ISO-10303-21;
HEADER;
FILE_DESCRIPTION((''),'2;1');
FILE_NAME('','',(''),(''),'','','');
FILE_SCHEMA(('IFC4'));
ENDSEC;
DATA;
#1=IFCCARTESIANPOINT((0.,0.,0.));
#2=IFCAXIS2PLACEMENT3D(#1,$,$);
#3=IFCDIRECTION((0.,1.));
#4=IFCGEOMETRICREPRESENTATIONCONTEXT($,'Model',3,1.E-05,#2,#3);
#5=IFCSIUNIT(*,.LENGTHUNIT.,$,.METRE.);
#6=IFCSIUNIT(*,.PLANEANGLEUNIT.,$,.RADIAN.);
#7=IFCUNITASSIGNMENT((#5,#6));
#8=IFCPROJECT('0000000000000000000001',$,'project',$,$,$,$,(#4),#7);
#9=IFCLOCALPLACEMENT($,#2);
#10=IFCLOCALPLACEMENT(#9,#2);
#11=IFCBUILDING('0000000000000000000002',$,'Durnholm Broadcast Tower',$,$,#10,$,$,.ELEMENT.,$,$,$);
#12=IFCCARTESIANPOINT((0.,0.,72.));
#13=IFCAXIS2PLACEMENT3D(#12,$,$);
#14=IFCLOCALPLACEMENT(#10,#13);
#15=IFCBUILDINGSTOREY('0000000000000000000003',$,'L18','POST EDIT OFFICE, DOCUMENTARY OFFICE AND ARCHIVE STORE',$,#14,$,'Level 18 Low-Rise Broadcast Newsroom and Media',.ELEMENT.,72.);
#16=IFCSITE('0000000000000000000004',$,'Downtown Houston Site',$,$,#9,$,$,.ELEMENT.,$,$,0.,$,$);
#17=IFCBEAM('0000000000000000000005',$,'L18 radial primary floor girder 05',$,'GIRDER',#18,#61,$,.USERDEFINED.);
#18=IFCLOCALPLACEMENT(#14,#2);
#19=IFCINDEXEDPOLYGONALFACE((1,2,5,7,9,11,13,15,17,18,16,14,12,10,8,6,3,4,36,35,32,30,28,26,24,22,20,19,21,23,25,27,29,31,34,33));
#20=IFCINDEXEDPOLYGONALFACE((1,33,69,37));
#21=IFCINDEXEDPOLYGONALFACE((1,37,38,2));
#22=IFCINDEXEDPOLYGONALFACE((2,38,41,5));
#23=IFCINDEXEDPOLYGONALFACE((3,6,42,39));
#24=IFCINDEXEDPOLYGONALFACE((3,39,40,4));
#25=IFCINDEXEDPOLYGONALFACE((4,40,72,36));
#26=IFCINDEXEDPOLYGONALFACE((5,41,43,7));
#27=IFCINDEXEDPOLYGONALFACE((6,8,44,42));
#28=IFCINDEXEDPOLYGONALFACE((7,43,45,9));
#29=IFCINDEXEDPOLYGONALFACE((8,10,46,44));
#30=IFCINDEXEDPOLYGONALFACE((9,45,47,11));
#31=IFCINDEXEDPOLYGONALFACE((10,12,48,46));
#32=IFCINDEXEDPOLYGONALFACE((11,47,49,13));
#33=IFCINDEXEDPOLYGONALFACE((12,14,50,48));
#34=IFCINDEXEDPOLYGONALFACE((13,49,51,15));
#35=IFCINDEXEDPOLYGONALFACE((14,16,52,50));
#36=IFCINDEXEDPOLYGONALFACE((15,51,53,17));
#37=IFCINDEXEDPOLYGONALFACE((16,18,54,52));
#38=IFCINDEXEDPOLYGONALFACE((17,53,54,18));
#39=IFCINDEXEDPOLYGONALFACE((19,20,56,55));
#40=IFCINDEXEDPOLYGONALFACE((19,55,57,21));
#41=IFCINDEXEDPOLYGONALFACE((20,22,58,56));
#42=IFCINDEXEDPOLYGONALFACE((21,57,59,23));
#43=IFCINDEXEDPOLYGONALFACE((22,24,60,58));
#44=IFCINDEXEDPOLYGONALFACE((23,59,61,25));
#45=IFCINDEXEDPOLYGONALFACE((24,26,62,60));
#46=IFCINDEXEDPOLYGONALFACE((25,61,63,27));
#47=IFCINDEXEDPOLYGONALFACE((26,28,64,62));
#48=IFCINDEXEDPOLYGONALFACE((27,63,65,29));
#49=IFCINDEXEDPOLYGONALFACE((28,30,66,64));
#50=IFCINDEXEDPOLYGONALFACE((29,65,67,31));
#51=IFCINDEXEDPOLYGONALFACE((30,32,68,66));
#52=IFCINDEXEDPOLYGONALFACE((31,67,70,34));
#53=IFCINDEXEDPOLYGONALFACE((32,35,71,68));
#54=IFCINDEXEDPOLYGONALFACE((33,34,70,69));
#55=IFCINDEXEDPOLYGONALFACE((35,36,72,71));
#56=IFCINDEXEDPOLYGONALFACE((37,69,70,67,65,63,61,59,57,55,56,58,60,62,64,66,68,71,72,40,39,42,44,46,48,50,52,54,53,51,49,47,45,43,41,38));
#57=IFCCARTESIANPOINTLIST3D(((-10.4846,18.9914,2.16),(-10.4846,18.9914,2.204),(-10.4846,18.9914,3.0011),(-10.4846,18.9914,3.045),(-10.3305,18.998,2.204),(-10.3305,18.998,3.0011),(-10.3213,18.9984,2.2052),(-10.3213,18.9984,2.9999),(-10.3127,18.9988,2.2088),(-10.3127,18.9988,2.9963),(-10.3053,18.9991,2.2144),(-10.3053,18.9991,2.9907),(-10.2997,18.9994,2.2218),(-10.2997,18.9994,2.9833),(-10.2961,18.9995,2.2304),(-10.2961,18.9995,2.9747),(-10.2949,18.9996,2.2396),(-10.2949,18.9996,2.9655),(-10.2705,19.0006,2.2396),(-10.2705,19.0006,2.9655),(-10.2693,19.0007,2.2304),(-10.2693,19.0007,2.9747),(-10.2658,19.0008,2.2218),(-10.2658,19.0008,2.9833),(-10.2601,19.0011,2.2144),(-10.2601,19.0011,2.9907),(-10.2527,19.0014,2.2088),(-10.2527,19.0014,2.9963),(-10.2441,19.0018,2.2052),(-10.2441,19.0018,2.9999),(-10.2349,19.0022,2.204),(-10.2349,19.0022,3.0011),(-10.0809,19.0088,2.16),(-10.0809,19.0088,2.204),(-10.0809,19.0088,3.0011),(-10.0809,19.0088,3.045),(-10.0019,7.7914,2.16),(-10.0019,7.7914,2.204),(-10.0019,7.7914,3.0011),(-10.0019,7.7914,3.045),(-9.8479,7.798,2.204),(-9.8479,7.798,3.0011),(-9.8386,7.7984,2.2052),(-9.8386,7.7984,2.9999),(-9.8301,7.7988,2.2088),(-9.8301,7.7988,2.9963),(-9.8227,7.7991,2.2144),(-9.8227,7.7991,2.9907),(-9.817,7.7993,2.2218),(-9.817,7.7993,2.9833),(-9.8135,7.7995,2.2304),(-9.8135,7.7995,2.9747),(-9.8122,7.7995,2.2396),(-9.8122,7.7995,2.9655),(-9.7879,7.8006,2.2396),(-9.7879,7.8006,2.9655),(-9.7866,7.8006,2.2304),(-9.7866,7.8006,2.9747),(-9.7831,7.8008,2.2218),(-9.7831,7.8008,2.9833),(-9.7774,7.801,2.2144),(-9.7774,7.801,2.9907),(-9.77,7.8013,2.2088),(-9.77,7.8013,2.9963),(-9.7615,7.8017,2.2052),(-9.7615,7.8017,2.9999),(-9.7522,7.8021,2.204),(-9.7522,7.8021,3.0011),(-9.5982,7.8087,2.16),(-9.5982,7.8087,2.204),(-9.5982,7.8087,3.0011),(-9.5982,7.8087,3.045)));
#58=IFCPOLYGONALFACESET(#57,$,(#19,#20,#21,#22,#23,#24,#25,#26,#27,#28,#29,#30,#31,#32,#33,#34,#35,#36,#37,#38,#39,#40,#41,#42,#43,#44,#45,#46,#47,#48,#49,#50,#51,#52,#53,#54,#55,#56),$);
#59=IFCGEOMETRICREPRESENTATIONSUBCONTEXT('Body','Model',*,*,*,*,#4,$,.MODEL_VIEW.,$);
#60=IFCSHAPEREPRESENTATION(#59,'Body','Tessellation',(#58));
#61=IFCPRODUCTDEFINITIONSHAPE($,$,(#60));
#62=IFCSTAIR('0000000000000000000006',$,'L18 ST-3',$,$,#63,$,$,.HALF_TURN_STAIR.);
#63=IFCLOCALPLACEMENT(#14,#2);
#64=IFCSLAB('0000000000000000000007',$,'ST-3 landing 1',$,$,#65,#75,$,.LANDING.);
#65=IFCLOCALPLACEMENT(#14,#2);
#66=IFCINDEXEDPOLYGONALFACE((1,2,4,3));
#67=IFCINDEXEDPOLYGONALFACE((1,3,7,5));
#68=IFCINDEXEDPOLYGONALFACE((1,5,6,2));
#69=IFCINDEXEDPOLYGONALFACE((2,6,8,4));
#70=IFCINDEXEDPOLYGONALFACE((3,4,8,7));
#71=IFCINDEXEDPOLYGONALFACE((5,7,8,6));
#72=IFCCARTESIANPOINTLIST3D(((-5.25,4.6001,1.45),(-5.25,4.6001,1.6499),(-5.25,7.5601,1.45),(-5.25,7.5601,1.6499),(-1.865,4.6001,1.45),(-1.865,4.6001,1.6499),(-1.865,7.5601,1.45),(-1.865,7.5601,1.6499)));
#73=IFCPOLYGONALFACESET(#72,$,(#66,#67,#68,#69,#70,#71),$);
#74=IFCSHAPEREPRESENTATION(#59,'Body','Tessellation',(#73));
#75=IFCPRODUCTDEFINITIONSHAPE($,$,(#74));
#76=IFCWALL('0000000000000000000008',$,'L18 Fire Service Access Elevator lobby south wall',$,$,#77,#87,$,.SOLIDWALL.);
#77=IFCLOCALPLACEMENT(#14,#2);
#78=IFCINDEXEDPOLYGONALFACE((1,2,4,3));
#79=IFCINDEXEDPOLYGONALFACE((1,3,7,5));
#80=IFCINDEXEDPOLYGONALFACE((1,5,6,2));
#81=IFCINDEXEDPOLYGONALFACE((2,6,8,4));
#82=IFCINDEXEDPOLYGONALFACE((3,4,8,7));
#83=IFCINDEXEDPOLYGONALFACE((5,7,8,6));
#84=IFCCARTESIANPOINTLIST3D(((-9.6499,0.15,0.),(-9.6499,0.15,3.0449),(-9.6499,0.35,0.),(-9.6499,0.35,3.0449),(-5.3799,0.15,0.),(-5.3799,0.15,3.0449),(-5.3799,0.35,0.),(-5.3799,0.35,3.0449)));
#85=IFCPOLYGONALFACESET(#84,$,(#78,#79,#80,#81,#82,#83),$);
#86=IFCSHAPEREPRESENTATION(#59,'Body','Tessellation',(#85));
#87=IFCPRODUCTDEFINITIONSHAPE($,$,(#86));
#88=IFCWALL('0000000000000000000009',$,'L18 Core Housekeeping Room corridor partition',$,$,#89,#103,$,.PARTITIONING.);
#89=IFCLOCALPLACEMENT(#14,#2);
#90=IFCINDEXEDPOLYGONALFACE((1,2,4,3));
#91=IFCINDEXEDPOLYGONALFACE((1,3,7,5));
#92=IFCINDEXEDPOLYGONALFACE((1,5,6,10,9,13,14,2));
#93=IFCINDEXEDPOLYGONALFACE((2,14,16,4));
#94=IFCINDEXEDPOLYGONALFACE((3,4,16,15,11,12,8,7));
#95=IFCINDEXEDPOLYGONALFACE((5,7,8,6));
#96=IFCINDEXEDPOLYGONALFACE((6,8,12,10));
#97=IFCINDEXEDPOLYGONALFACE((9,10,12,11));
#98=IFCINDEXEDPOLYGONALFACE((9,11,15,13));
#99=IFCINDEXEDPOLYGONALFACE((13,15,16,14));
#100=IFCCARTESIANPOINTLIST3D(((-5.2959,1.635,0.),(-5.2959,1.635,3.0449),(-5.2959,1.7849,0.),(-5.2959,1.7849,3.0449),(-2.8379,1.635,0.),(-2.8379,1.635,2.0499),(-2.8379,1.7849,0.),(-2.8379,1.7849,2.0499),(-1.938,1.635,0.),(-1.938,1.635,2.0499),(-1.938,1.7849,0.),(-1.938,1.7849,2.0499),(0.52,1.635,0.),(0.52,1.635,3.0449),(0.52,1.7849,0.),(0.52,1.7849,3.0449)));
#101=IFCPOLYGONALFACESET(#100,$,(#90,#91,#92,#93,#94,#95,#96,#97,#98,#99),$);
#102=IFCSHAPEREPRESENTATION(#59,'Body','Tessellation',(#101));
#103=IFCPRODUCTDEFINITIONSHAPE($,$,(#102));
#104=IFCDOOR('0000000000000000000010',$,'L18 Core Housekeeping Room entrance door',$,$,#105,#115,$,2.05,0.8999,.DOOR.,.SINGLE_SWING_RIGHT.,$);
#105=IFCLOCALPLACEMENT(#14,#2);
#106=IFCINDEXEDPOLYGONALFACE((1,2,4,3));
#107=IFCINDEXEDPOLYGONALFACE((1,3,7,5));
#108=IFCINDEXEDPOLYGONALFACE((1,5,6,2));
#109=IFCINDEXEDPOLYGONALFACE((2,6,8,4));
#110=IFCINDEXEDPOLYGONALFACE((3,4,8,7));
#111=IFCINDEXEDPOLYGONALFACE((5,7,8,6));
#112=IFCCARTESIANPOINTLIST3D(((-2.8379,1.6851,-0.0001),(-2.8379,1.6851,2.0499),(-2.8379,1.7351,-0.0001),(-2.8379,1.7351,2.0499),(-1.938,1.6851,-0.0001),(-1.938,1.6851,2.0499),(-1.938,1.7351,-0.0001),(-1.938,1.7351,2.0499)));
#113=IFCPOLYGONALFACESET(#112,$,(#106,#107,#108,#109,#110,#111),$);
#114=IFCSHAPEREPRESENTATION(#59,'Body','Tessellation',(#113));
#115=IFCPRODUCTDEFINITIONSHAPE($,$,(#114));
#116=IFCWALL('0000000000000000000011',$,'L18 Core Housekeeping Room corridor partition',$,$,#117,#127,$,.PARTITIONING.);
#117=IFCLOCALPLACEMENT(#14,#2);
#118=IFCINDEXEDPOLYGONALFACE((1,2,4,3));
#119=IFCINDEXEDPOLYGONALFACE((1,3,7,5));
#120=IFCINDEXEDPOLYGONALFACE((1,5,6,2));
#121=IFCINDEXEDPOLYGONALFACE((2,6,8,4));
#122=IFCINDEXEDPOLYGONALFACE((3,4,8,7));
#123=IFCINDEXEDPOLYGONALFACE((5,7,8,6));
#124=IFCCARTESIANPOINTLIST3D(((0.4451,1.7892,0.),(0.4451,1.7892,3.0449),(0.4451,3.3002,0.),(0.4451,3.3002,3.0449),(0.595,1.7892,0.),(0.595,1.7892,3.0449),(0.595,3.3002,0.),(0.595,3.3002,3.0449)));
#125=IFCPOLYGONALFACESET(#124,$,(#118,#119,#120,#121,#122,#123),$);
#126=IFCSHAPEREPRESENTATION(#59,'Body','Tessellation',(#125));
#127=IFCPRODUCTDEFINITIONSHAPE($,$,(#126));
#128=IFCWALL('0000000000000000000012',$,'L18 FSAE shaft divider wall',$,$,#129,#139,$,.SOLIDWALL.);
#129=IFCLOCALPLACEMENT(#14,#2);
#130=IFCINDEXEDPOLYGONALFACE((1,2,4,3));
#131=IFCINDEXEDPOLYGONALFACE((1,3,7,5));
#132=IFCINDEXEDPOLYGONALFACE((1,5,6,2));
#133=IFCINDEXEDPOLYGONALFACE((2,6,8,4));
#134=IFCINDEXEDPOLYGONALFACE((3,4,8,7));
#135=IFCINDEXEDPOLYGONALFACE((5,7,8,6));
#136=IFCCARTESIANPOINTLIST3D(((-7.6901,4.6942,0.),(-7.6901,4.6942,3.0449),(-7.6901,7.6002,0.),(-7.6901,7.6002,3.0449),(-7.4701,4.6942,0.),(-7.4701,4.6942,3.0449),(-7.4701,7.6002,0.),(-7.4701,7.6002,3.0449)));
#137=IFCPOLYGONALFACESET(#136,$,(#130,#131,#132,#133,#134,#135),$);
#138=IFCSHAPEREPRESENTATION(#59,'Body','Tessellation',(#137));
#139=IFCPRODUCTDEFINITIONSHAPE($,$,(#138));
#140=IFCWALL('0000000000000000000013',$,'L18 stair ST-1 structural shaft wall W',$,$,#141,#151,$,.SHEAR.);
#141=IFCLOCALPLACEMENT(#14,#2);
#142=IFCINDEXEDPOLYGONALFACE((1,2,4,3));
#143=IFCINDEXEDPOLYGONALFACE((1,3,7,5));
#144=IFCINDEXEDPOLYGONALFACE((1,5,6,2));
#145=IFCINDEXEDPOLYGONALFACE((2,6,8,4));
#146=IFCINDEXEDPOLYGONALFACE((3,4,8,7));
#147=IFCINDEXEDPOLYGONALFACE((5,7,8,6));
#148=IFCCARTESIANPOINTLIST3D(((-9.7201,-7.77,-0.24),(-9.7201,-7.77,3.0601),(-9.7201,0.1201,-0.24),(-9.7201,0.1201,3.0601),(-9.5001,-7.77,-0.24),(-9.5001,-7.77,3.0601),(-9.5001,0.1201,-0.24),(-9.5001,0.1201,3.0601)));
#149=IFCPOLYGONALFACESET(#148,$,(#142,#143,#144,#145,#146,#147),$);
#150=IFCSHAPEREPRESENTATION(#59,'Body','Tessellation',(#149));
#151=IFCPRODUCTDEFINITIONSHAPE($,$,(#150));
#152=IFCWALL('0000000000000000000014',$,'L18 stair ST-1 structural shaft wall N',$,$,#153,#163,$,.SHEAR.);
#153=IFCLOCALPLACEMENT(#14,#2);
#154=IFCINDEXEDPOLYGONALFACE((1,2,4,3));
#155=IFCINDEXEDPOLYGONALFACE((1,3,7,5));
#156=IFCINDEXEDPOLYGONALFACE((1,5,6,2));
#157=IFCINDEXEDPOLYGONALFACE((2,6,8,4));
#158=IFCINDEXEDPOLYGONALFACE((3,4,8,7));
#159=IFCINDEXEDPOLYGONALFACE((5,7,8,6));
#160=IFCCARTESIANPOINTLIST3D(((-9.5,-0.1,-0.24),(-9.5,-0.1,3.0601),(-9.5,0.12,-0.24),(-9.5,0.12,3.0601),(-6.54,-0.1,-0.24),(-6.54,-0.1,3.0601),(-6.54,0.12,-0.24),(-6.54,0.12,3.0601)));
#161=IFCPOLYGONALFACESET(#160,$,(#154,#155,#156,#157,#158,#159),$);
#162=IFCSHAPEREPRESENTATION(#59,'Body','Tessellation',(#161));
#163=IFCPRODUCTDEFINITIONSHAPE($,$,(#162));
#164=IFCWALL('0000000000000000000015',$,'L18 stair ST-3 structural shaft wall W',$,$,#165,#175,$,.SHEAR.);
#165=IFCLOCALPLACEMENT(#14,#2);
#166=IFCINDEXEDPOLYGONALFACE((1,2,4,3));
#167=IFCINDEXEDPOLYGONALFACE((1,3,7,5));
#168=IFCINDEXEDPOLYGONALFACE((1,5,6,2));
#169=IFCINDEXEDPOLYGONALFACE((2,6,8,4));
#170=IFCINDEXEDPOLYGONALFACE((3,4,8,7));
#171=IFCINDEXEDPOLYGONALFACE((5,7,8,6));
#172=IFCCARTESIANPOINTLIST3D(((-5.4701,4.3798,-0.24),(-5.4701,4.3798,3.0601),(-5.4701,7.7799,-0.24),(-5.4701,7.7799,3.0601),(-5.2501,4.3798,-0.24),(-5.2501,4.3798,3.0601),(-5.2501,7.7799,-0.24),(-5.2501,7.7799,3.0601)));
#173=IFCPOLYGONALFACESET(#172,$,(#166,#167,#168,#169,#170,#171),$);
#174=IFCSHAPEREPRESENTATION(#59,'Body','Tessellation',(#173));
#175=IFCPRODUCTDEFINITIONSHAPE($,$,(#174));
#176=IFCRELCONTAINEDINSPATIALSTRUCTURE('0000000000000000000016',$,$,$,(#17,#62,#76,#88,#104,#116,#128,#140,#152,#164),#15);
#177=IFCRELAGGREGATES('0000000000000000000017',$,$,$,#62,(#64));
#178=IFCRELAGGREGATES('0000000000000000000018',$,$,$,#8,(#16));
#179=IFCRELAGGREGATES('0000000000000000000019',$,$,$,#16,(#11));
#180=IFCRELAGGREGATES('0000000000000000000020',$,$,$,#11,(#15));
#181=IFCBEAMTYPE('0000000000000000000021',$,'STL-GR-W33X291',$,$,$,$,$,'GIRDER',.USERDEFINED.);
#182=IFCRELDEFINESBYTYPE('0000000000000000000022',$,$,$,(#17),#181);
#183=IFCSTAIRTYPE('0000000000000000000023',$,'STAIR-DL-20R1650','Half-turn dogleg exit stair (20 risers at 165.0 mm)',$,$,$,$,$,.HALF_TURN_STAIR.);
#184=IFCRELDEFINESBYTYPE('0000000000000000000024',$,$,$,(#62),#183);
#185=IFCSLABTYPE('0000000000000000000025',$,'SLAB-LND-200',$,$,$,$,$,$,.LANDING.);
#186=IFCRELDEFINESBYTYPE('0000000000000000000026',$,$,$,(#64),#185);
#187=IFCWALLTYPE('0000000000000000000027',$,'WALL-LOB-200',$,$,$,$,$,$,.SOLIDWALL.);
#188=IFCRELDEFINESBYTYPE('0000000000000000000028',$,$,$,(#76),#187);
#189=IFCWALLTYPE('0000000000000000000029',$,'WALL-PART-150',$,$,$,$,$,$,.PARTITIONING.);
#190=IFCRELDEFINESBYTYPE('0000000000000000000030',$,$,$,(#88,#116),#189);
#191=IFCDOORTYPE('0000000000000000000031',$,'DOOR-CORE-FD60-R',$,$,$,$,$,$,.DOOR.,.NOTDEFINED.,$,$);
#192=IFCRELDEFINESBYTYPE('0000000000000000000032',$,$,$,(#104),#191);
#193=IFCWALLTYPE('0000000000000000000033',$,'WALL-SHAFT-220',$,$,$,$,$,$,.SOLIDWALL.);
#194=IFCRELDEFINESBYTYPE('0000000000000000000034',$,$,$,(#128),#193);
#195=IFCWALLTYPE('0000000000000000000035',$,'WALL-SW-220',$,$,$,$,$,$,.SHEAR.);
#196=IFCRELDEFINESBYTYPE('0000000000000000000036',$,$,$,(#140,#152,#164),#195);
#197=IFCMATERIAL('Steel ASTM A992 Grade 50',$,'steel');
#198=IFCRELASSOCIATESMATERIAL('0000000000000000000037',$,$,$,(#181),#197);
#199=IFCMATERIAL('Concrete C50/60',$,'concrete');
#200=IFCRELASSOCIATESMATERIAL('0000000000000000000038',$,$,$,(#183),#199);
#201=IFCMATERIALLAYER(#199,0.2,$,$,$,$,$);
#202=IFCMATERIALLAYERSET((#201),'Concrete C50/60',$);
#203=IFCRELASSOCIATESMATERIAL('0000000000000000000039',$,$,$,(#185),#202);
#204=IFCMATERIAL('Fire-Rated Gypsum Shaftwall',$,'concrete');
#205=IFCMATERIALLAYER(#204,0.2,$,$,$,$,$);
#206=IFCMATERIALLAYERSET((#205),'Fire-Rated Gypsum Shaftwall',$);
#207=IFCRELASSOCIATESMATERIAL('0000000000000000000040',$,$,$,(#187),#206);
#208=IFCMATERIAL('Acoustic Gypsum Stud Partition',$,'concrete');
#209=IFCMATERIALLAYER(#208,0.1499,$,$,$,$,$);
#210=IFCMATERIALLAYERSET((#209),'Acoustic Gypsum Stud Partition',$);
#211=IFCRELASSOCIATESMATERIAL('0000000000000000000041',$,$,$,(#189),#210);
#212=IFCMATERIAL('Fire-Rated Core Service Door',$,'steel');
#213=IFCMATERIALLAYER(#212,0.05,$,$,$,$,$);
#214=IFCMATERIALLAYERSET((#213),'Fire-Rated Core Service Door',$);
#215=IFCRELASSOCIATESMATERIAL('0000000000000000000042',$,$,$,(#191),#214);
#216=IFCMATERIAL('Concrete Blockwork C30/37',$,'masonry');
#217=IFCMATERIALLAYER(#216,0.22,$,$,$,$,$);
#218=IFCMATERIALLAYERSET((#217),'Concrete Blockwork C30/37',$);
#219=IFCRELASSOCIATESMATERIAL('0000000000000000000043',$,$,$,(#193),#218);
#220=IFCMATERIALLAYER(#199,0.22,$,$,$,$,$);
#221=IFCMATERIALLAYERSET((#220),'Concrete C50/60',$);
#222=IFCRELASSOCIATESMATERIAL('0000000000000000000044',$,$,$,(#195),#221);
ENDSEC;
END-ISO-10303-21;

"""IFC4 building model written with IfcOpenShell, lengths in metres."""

from ifc_helpers import new_model, si_unit, direction, frame, frame_2d, origin, origin_2d, place, context, subcontext, project, spatial, polyline, rectangle, i_section, outline, extrude, source, transform, mapped, material, layer, layer_set, material_profile, profile_set, type_object, type_shapes, element, fill, aggregate, save


model = new_model("IFC4")

# Units and contexts
model_context = context("Model", 3, precision=1e-05, world=origin(), true_north=direction((0.0, 1.0)))
body_context = subcontext(model_context, "Body", "Model", "MODEL_VIEW")
ifc_project = project(units=[si_unit("LENGTHUNIT", "METRE"), si_unit("PLANEANGLEUNIT", "RADIAN")], contexts=[model_context])

# Site, building, storey
site_placement = place(None, origin())
site = spatial("IfcSite", under=ifc_project, at=site_placement, Name="Downtown Houston Site", CompositionType="ELEMENT", RefElevation=0.0)
building_placement = place(site_placement, origin())
building = spatial("IfcBuilding", under=site, at=building_placement, Name="Durnholm Broadcast Tower", CompositionType="ELEMENT")
storey_placement = place(building_placement, frame((0.0, 0.0, 72.0)))
storey = spatial("IfcBuildingStorey", under=building, at=storey_placement, Name="L18", Description="POST EDIT OFFICE, DOCUMENTARY OFFICE AND ARCHIVE STORE", LongName="Level 18 Low-Rise Broadcast Newsroom and Media", CompositionType="ELEMENT", Elevation=72.0)

# Beam
ifc_material_1 = material(Name="Steel ASTM A992 Grade 50", Category="steel")
ifc_material_profile_1 = material_profile(ifc_material_1, i_section(OverallWidth=0.4041, OverallDepth=0.885, WebThickness=0.0244, FlangeThickness=0.0439, FilletRadius=0.0356, at=origin_2d()), Name="W33X291")
ifc_profile_set_1 = profile_set([ifc_material_profile_1], Name="Steel ASTM A992 Grade 50")
beam_type = type_object("IfcBeamType", Name="STL-GR-W33X291", ElementType="GIRDER", PredefinedType="USERDEFINED", material=ifc_profile_set_1)
shared_shape_1 = source(origin(), body_context, "Body", "SweptSolid", [
    extrude(i_section(OverallWidth=0.4041, OverallDepth=0.885, WebThickness=0.0244, FlangeThickness=0.0439, FilletRadius=0.0356, at=origin_2d()), origin(), (0.0, 0.0, 1.0), 11.2104),
])
beam_1_placement = place(storey_placement, frame((-9.8, 7.8, 2.6025), z_axis=(-0.043055, 0.999073, 0.0), x_axis=(-0.999073, -0.043055, 0.0)))
element("IfcBeam", 1, at=beam_1_placement, inside=storey, type_object=beam_type, Name="L18 radial primary floor girder 05", ObjectType="GIRDER", PredefinedType="USERDEFINED", context=body_context, shape_type="MappedRepresentation", body=[
    mapped(shared_shape_1, transform((0.0, 0.0, 0.0), x_axis=(1.0, 0.0, 0.0), y_axis=(0.0, 1.0, 0.0), z_axis=(0.0, 0.0, 1.0), scale=1.0)),
])

# Stair, slab
ifc_material_2 = material(Name="Concrete C50/60", Category="concrete")
stair_type = type_object("IfcStairType", Name="STAIR-DL-20R1650", Description="Half-turn dogleg exit stair (20 risers at 165.0 mm)", PredefinedType="HALF_TURN_STAIR", material=ifc_material_2)
stair_placement = place(storey_placement, origin())
stair = element("IfcStair", 2, at=stair_placement, inside=storey, type_object=stair_type, Name="L18 ST-3", PredefinedType="HALF_TURN_STAIR")
ifc_layer_1 = layer(ifc_material_2, 0.2)
ifc_layer_set_1 = layer_set([ifc_layer_1], Name="Concrete C50/60")
slab_type = type_object("IfcSlabType", Name="SLAB-LND-200", PredefinedType="LANDING", material=ifc_layer_set_1)
slab_placement = place(storey_placement, frame((0.0, 0.0, 1.45)))
slab = element("IfcSlab", 3, at=slab_placement, type_object=slab_type, Name="ST-3 landing 1", PredefinedType="LANDING", context=body_context, shape_type="SweptSolid", body=[
    extrude(outline(polyline([(-1.865, 7.5601), (-5.25, 7.5601), (-5.25, 4.6001), (-1.865, 4.6001), (-1.865, 7.5601)])), origin(), (0.0, 0.0, 1.0), 0.2),
])

# Wall
ifc_material_3 = material(Name="Fire-Rated Gypsum Shaftwall", Category="concrete")
ifc_layer_2 = layer(ifc_material_3, 0.2)
ifc_layer_set_2 = layer_set([ifc_layer_2], Name="Fire-Rated Gypsum Shaftwall")
wall_type_1 = type_object("IfcWallType", Name="WALL-LOB-200", PredefinedType="SOLIDWALL", material=ifc_layer_set_2)
wall_1_placement = place(storey_placement, frame((-9.6499, 0.25, 0.0), z_axis=(0.0, 0.0, 1.0), x_axis=(1.0, 0.0, 0.0)))
element("IfcWall", 4, at=wall_1_placement, inside=storey, type_object=wall_type_1, Name="L18 Fire Service Access Elevator lobby south wall", PredefinedType="SOLIDWALL", context=body_context, shape_type="SweptSolid", body=[
    extrude(rectangle(XDim=4.27, YDim=0.2, at=frame_2d((2.135, 0.0))), origin(), (0.0, 0.0, 1.0), 3.0449),
])

# Wall, opening, door
ifc_material_4 = material(Name="Acoustic Gypsum Stud Partition", Category="concrete")
ifc_layer_3 = layer(ifc_material_4, 0.1499)
ifc_layer_set_3 = layer_set([ifc_layer_3], Name="Acoustic Gypsum Stud Partition")
wall_type_2 = type_object("IfcWallType", Name="WALL-PART-150", PredefinedType="PARTITIONING", material=ifc_layer_set_3)
wall_2_placement = place(storey_placement, frame((0.52, 1.71, 0.0), z_axis=(0.0, 0.0, 1.0), x_axis=(-1.0, 0.0, 0.0)))
wall_2 = element("IfcWall", 5, at=wall_2_placement, inside=storey, type_object=wall_type_2, Name="L18 Core Housekeeping Room corridor partition", PredefinedType="PARTITIONING", context=body_context, shape_type="SweptSolid", body=[
    extrude(rectangle(XDim=5.8159, YDim=0.1499, at=frame_2d((2.908, 0.0))), origin(), (0.0, 0.0, 1.0), 3.0449),
])
opening_1_placement = place(wall_2_placement, frame((2.458, 0.0, 0.0)))
opening_1 = element("IfcOpeningElement", 6, at=opening_1_placement, cuts=wall_2, PredefinedType="OPENING", context=body_context, shape_type="SweptSolid", body=[
    extrude(rectangle(XDim=0.8999, YDim=2.05, at=frame_2d((0.45, 1.0249))), frame((0.0, 0.085, 0.0), z_axis=(0.0, -1.0, 0.0), x_axis=(1.0, 0.0, 0.0)), (0.0, 0.0, 1.0), 0.1699),
])
ifc_material_5 = material(Name="Fire-Rated Core Service Door", Category="steel")
ifc_layer_4 = layer(ifc_material_5, 0.05)
ifc_layer_set_4 = layer_set([ifc_layer_4], Name="Fire-Rated Core Service Door")
door_type_1 = type_object("IfcDoorType", Name="DOOR-CORE-FD60-R", OperationType="NOTDEFINED", PredefinedType="DOOR", material=ifc_layer_set_4)
shared_shape_2 = source(origin(), body_context, "Body", "SweptSolid", [
    extrude(rectangle(XDim=0.8999, YDim=2.05, at=frame_2d((0.45, 1.0249))), frame((0.0, 0.0249, 0.0), z_axis=(0.0, -1.0, 0.0), x_axis=(1.0, 0.0, 0.0)), (0.0, 0.0, 1.0), 0.05),
])
type_shapes(door_type_1, [shared_shape_2])
door_1_placement = place(opening_1_placement, origin())
door_1 = element("IfcDoor", 7, at=door_1_placement, inside=storey, type_object=door_type_1, Name="L18 Core Housekeeping Room entrance door", OperationType="SINGLE_SWING_RIGHT", OverallHeight=2.05, OverallWidth=0.8999, PredefinedType="DOOR", context=body_context, shape_type="MappedRepresentation", body=[
    mapped(shared_shape_2, transform((0.0, 0.0, 0.0), x_axis=(1.0, 0.0, 0.0), y_axis=(0.0, 1.0, 0.0), z_axis=(0.0, 0.0, 1.0), scale=1.0)),
])
fill(opening_1, door_1)

# Wall
wall_3_placement = place(storey_placement, frame((0.52, 3.3, 0.0), z_axis=(0.0, 0.0, 1.0), x_axis=(0.0, -1.0, 0.0)))
element("IfcWall", 8, at=wall_3_placement, inside=storey, type_object=wall_type_2, Name="L18 Core Housekeeping Room corridor partition", PredefinedType="PARTITIONING", context=body_context, shape_type="SweptSolid", body=[
    extrude(rectangle(XDim=1.511, YDim=0.1499, at=frame_2d((0.7554, 0.0))), origin(), (0.0, 0.0, 1.0), 3.0449),
])

# Shared definitions
ifc_material_6 = material(Name="Concrete Blockwork C30/37", Category="masonry")
ifc_layer_5 = layer(ifc_material_6, 0.22)
ifc_layer_set_5 = layer_set([ifc_layer_5], Name="Concrete Blockwork C30/37")
wall_type_3 = type_object("IfcWallType", Name="WALL-SHAFT-220", PredefinedType="SOLIDWALL", material=ifc_layer_set_5)

# Walls
wall_4_placement = place(storey_placement, frame((-7.5801, 4.6941, 0.0), z_axis=(0.0, 0.0, 1.0), x_axis=(0.0, 1.0, 0.0)))
element("IfcWall", 9, at=wall_4_placement, inside=storey, type_object=wall_type_3, Name="L18 FSAE shaft divider wall", PredefinedType="SOLIDWALL", context=body_context, shape_type="SweptSolid", body=[
    extrude(rectangle(XDim=2.906, YDim=0.22, at=frame_2d((1.4531, 0.0))), origin(), (0.0, 0.0, 1.0), 3.0449),
])
ifc_layer_6 = layer(ifc_material_2, 0.22)
ifc_layer_set_6 = layer_set([ifc_layer_6], Name="Concrete C50/60")
wall_type_4 = type_object("IfcWallType", Name="WALL-SW-220", PredefinedType="SHEAR", material=ifc_layer_set_6)
wall_5_placement = place(storey_placement, frame((-9.6101, 0.1201, -0.24), z_axis=(0.0, 0.0, 1.0), x_axis=(0.0, -1.0, 0.0)))
element("IfcWall", 10, at=wall_5_placement, inside=storey, type_object=wall_type_4, Name="L18 stair ST-1 structural shaft wall W", PredefinedType="SHEAR", context=body_context, shape_type="SweptSolid", body=[
    extrude(rectangle(XDim=7.8901, YDim=0.22, at=frame_2d((3.9451, 0.0))), origin(), (0.0, 0.0, 1.0), 3.3),
])
wall_6_placement = place(storey_placement, frame((-6.54, 0.01, -0.24), z_axis=(0.0, 0.0, 1.0), x_axis=(-1.0, 0.0, 0.0)))
element("IfcWall", 11, at=wall_6_placement, inside=storey, type_object=wall_type_4, Name="L18 stair ST-1 structural shaft wall N", PredefinedType="SHEAR", context=body_context, shape_type="SweptSolid", body=[
    extrude(rectangle(XDim=2.96, YDim=0.22, at=frame_2d((1.48, 0.0))), origin(), (0.0, 0.0, 1.0), 3.3),
])
wall_7_placement = place(storey_placement, frame((-5.3601, 7.78, -0.24), z_axis=(0.0, 0.0, 1.0), x_axis=(0.0, -1.0, 0.0)))
element("IfcWall", 12, at=wall_7_placement, inside=storey, type_object=wall_type_4, Name="L18 stair ST-3 structural shaft wall W", PredefinedType="SHEAR", context=body_context, shape_type="SweptSolid", body=[
    extrude(rectangle(XDim=3.4001, YDim=0.22, at=frame_2d((1.7002, 0.0))), origin(), (0.0, 0.0, 1.0), 3.3),
])

aggregate(stair, [slab])

save(model, "model.ifc")
